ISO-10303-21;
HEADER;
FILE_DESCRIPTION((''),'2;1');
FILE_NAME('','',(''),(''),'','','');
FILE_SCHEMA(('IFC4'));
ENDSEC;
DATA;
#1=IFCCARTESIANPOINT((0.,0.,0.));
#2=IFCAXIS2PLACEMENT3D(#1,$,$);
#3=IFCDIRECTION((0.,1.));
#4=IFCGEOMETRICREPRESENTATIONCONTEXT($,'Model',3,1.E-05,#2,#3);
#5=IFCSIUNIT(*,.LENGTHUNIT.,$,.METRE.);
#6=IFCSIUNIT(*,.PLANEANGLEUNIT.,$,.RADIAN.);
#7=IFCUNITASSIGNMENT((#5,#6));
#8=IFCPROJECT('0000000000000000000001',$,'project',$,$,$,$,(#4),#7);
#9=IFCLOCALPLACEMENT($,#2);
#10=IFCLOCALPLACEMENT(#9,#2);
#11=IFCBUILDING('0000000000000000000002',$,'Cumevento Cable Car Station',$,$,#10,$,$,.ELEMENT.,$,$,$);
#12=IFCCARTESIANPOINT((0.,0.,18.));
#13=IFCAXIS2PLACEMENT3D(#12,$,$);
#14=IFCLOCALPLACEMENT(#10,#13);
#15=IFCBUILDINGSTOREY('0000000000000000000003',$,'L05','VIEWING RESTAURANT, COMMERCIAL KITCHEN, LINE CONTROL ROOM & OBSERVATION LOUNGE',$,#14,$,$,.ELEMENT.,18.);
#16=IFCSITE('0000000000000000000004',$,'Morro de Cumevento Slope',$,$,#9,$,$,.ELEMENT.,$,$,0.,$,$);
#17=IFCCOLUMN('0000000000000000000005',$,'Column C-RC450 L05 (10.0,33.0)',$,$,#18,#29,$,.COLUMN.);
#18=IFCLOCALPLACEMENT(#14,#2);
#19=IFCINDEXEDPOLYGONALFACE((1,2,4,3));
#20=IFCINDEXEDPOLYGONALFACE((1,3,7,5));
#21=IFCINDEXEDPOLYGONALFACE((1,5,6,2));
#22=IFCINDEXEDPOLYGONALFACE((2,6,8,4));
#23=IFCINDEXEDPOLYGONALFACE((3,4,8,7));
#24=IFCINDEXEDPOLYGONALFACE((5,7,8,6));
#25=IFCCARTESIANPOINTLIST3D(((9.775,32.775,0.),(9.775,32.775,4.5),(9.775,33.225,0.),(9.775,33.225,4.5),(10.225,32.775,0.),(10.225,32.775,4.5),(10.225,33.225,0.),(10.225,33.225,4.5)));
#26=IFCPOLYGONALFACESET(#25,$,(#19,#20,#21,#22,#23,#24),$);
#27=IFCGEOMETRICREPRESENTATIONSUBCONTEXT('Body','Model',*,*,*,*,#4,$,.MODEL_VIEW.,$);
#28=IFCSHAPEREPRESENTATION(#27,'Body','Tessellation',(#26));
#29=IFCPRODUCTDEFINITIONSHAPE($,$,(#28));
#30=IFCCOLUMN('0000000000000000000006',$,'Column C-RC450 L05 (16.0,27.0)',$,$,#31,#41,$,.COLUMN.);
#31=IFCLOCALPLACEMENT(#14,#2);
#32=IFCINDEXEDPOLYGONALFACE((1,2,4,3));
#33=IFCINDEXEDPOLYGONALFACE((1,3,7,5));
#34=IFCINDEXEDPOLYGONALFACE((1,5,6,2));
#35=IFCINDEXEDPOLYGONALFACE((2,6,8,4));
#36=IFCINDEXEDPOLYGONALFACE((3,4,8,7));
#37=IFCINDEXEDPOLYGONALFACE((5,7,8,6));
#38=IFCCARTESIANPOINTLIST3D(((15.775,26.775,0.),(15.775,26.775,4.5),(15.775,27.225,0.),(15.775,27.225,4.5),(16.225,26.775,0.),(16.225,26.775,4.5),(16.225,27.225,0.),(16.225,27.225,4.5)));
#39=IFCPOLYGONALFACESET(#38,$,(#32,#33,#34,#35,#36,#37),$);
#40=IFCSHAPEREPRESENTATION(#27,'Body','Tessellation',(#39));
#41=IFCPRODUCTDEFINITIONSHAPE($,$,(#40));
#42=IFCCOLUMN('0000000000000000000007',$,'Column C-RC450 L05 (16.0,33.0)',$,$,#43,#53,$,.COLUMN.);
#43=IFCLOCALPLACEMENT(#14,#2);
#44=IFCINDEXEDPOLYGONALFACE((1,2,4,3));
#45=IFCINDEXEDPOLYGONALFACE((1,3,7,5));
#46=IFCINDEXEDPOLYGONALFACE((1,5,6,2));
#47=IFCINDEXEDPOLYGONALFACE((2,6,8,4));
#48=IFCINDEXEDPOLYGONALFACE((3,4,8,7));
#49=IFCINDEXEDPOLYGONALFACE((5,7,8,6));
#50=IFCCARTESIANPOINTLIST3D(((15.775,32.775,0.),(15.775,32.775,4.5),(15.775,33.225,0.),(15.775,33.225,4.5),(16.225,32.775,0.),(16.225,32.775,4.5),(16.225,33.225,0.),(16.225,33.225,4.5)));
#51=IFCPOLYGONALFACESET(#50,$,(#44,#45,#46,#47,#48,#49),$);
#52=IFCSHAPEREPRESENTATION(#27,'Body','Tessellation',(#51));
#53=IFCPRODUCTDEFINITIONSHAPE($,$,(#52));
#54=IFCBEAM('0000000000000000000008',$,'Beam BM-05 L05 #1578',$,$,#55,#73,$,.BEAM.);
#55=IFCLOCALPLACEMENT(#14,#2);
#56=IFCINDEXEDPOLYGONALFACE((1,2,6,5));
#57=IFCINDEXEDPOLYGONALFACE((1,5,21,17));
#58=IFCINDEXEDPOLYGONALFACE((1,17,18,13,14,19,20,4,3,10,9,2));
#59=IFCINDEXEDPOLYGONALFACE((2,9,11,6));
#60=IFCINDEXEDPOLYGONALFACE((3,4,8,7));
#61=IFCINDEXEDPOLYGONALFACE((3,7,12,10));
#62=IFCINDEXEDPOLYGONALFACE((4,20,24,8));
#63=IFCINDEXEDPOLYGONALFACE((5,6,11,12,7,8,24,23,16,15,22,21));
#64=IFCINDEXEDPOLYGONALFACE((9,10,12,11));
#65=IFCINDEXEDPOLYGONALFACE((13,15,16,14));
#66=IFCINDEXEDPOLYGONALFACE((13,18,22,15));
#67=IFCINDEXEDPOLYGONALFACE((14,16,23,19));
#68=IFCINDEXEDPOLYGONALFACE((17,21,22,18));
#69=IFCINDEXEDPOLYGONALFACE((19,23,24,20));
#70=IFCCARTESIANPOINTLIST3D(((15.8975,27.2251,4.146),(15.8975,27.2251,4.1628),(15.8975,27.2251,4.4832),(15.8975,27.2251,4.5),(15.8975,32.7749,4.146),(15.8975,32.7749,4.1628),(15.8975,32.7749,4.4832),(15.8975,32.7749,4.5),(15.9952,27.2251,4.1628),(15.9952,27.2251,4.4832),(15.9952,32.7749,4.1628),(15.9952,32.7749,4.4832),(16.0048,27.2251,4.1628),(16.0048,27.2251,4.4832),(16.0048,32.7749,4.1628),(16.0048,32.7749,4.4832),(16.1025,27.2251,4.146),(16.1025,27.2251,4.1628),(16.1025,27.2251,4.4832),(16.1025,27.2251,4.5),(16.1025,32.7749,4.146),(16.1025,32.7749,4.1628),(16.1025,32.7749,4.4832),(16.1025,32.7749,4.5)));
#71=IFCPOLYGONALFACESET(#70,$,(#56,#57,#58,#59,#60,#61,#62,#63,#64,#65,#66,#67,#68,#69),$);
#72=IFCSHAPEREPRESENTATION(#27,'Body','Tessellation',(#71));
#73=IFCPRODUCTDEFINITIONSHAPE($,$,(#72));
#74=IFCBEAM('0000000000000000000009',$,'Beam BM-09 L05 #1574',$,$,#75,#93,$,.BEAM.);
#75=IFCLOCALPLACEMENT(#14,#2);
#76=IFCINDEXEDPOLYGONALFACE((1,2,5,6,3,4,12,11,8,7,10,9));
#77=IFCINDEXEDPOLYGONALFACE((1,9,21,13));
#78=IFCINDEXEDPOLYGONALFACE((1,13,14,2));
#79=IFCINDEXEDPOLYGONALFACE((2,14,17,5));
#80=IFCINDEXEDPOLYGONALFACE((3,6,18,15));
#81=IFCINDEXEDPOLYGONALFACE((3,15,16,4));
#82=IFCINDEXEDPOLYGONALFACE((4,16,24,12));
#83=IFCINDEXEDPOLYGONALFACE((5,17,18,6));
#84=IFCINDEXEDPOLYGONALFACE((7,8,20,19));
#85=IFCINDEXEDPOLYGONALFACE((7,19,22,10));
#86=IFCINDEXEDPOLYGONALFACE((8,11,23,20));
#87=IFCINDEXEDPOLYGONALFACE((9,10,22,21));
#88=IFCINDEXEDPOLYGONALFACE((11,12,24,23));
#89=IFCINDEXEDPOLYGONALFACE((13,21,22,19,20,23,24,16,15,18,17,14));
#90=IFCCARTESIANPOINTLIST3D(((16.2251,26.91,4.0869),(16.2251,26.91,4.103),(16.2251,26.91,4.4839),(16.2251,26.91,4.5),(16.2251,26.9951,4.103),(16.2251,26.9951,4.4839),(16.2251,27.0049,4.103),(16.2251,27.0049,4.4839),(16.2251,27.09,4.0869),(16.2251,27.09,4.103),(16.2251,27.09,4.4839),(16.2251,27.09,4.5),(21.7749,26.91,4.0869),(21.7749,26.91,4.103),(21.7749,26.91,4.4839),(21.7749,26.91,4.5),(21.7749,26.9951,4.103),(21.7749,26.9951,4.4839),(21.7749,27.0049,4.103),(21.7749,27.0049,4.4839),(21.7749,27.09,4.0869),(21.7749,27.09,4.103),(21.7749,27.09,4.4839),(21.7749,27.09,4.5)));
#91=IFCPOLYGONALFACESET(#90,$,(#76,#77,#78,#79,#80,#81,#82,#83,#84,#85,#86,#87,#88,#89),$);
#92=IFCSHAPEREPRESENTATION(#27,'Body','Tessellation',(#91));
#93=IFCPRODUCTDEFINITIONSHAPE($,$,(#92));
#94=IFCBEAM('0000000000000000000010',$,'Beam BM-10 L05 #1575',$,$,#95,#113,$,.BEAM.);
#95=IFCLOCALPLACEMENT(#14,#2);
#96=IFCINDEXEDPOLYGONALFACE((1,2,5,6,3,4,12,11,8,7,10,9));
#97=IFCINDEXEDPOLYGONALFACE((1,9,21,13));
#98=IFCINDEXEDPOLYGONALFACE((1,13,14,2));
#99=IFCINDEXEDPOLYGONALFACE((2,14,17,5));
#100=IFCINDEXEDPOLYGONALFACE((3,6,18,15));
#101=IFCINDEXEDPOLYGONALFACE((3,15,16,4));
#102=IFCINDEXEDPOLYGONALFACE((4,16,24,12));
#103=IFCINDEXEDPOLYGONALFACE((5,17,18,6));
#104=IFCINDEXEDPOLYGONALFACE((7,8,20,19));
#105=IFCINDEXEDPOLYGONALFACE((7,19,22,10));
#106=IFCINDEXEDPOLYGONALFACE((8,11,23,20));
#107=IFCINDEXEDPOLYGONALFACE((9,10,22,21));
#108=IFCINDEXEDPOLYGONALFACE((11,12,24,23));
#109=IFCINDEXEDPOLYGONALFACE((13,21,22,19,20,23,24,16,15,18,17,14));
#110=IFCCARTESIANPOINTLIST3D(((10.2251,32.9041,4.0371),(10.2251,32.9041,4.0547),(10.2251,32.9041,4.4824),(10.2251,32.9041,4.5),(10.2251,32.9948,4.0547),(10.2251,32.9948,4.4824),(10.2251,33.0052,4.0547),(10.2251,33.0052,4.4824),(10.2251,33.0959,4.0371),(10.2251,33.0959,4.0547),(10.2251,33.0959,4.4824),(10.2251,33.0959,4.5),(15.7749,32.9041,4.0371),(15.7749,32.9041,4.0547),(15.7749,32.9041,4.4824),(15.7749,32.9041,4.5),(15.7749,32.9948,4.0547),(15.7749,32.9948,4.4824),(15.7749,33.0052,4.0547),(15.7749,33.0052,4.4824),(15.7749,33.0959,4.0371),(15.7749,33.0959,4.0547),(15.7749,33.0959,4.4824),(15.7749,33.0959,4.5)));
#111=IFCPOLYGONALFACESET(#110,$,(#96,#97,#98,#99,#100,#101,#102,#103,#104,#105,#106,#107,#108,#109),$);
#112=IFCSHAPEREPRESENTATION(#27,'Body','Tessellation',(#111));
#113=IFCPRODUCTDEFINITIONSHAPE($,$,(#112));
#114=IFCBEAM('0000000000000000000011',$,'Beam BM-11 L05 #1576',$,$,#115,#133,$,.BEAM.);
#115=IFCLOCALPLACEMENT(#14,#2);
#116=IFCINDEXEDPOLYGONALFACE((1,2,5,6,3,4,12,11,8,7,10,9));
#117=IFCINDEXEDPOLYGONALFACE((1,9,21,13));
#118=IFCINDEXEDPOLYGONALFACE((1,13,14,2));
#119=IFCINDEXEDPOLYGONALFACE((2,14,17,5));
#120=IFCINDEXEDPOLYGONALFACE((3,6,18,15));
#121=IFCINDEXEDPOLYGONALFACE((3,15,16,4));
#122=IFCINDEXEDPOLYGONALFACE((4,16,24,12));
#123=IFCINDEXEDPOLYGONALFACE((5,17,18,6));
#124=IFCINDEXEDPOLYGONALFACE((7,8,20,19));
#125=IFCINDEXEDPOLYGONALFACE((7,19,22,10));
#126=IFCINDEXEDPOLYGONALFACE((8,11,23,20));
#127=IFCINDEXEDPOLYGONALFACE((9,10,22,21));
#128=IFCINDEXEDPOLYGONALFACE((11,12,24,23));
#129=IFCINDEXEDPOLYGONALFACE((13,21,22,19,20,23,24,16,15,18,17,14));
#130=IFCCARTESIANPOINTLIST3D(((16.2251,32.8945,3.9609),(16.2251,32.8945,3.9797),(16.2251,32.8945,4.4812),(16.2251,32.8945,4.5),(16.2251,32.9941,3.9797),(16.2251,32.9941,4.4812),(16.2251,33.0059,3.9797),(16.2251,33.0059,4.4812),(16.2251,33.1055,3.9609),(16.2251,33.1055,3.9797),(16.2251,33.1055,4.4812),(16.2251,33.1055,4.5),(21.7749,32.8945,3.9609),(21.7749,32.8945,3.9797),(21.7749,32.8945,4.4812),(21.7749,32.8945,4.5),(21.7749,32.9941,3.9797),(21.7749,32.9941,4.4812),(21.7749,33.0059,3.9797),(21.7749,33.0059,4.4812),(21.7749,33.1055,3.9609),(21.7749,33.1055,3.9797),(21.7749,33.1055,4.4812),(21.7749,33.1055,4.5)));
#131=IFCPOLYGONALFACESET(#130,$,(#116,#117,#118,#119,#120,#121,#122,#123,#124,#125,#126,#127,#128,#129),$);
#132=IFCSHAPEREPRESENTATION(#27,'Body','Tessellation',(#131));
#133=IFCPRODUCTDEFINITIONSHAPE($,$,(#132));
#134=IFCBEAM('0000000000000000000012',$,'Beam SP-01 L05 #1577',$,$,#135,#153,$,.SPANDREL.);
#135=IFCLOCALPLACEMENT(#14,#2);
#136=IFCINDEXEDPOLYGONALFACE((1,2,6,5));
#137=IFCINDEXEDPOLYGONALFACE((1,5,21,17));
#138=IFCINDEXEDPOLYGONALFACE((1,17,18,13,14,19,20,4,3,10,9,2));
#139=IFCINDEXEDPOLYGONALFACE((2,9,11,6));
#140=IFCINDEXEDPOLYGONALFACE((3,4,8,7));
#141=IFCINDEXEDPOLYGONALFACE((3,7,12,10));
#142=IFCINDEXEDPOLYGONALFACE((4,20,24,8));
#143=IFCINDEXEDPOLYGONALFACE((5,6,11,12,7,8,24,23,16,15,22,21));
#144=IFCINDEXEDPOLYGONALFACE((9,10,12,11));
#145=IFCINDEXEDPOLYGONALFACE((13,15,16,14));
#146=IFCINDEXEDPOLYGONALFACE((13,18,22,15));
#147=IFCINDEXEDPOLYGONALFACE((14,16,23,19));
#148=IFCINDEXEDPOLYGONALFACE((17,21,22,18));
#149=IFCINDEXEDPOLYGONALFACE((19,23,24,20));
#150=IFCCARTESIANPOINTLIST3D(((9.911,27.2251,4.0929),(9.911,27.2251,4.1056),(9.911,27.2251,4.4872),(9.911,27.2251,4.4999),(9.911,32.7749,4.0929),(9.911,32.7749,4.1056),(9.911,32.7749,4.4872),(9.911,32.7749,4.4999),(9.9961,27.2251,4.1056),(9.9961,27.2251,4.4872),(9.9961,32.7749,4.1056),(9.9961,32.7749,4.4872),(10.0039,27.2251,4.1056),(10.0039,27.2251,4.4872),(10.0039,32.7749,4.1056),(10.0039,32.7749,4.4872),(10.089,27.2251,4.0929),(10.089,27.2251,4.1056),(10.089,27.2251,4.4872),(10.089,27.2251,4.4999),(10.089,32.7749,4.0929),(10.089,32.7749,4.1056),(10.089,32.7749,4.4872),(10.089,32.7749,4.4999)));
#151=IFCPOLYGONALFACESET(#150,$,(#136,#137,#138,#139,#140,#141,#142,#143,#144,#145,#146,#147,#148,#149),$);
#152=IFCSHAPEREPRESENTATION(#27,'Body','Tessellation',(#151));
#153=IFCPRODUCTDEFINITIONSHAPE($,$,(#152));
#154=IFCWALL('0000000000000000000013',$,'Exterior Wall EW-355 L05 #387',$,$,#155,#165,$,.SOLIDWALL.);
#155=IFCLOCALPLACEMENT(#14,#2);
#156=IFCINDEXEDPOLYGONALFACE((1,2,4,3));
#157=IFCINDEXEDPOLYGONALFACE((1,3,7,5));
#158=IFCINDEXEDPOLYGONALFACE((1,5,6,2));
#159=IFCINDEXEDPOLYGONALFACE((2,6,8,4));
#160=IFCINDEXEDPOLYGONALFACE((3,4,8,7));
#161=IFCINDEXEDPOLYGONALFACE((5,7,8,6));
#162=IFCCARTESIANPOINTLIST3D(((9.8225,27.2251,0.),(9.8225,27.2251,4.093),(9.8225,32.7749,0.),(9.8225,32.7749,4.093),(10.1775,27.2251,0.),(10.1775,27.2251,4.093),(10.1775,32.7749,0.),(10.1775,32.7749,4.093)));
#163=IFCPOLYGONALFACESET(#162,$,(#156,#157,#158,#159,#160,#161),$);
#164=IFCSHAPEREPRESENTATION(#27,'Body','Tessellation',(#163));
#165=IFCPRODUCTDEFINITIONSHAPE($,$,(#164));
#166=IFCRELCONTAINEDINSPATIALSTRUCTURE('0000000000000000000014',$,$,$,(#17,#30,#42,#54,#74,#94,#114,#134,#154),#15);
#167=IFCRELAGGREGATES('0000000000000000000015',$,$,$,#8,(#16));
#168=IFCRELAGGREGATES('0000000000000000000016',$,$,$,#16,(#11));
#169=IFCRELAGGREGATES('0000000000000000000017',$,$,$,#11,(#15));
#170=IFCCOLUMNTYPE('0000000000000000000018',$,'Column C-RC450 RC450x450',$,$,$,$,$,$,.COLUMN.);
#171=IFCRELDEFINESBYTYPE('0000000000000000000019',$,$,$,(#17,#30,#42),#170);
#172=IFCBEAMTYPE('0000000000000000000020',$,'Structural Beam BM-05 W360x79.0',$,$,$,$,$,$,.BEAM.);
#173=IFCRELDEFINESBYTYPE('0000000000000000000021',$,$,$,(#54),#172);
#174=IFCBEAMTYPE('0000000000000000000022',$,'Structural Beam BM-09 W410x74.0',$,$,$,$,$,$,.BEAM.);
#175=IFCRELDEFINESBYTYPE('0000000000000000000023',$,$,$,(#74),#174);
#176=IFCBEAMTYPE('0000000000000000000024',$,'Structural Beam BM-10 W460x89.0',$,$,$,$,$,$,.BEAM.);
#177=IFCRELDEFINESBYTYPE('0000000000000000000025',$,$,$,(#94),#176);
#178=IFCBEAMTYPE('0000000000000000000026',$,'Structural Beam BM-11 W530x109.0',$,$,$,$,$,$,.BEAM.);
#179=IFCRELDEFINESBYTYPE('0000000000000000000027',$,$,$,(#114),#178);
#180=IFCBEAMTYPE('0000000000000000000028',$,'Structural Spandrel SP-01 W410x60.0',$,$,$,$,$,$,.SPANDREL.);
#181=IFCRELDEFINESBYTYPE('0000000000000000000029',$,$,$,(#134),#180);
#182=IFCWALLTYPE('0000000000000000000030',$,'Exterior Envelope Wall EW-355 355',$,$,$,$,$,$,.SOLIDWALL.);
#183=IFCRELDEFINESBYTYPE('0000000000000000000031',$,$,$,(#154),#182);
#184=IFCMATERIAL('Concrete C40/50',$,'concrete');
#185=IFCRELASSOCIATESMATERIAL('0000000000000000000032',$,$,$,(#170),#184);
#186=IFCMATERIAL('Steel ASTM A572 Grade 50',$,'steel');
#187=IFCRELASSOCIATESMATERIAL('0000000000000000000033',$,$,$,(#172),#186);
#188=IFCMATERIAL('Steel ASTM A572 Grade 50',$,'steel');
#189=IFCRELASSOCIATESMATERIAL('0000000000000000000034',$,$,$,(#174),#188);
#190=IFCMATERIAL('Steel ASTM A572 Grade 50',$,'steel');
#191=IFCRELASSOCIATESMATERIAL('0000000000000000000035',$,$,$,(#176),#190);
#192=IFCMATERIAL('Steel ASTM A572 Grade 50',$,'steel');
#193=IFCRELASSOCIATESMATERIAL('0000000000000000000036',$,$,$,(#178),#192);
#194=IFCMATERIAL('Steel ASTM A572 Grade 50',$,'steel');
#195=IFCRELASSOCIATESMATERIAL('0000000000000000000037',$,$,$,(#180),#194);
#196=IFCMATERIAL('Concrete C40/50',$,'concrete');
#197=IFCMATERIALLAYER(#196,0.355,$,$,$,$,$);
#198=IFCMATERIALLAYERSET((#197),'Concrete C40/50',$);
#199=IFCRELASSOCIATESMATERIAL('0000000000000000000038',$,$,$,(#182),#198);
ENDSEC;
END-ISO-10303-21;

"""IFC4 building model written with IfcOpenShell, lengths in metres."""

from ifc_helpers import new_model, si_unit, direction, frame, frame_2d, origin, origin_2d, place, context, subcontext, project, spatial, rectangle, i_section, extrude, material, layer, layer_set, material_profile, profile_set, type_object, element, save


model = new_model("IFC4")

# Units and contexts
model_context = context("Model", 3, precision=1e-05, world=origin(), true_north=direction((0.0, 1.0)))
body_context = subcontext(model_context, "Body", "Model", "MODEL_VIEW")
ifc_project = project(units=[si_unit("LENGTHUNIT", "METRE"), si_unit("PLANEANGLEUNIT", "RADIAN")], contexts=[model_context])

# Site, building, storey
site_placement = place(None, origin())
site = spatial("IfcSite", under=ifc_project, at=site_placement, Name="Morro de Cumevento Slope", CompositionType="ELEMENT", RefElevation=0.0)
building_placement = place(site_placement, origin())
building = spatial("IfcBuilding", under=site, at=building_placement, Name="Cumevento Cable Car Station", CompositionType="ELEMENT")
storey_placement = place(building_placement, frame((0.0, 0.0, 18.0)))
storey = spatial("IfcBuildingStorey", under=building, at=storey_placement, Name="L05", Description="VIEWING RESTAURANT, COMMERCIAL KITCHEN, LINE CONTROL ROOM & OBSERVATION LOUNGE", CompositionType="ELEMENT", Elevation=18.0)

# Columns
ifc_material_1 = material(Name="Concrete C40/50", Category="concrete")
ifc_material_profile_1 = material_profile(ifc_material_1, rectangle(XDim=0.45, YDim=0.45, at=origin_2d()), Name="RC450x450")
ifc_profile_set_1 = profile_set([ifc_material_profile_1], Name="Concrete C40/50")
column_type = type_object("IfcColumnType", Name="Column C-RC450 RC450x450", PredefinedType="COLUMN", material=ifc_profile_set_1)
for number, where, z_axis, x_axis, name in (
    (1, (10.0, 33.0, 0.0), (0.0, 0.0, 1.0), (1.0, 0.0, 0.0), "Column C-RC450 L05 (10.0,33.0)"),
    (2, (16.0, 27.0, 0.0), (0.0, 0.0, 1.0), (1.0, 0.0, 0.0), "Column C-RC450 L05 (16.0,27.0)"),
    (3, (16.0, 33.0, 0.0), (0.0, 0.0, 1.0), (1.0, 0.0, 0.0), "Column C-RC450 L05 (16.0,33.0)"),
):
    element("IfcColumn", number, at=place(storey_placement, frame(where, z_axis=z_axis, x_axis=x_axis)), inside=storey, type_object=column_type, Name=name, PredefinedType="COLUMN", context=body_context, shape_type="SweptSolid", body=[
        extrude(rectangle(XDim=0.45, YDim=0.45, at=origin_2d()), origin(), (0.0, 0.0, 1.0), 4.5),
    ])

# Beams
ifc_material_2 = material(Name="Steel ASTM A572 Grade 50", Category="steel")
ifc_material_profile_2 = material_profile(ifc_material_2, i_section(OverallWidth=0.2051, OverallDepth=0.354, WebThickness=0.0095, FlangeThickness=0.0168, at=origin_2d()), Name="W360x79.0")
ifc_profile_set_2 = profile_set([ifc_material_profile_2], Name="Steel ASTM A572 Grade 50")
beam_type_1 = type_object("IfcBeamType", Name="Structural Beam BM-05 W360x79.0", PredefinedType="BEAM", material=ifc_profile_set_2)
beam_1_placement = place(storey_placement, frame((16.0, 27.2251, 4.323), z_axis=(0.0, 1.0, 0.0), x_axis=(-1.0, 0.0, 0.0)))
element("IfcBeam", 4, at=beam_1_placement, inside=storey, type_object=beam_type_1, Name="Beam BM-05 L05 #1578", PredefinedType="BEAM", context=body_context, shape_type="SweptSolid", body=[
    extrude(i_section(OverallWidth=0.2051, OverallDepth=0.354, WebThickness=0.0095, FlangeThickness=0.0168, at=origin_2d()), origin(), (0.0, 0.0, 1.0), 5.5498),
])
ifc_material_3 = material(Name="Steel ASTM A572 Grade 50", Category="steel")
ifc_material_profile_3 = material_profile(ifc_material_3, i_section(OverallWidth=0.1799, OverallDepth=0.4131, WebThickness=0.0098, FlangeThickness=0.0161, at=origin_2d()), Name="W410x74.0")
ifc_profile_set_3 = profile_set([ifc_material_profile_3], Name="Steel ASTM A572 Grade 50")
beam_type_2 = type_object("IfcBeamType", Name="Structural Beam BM-09 W410x74.0", PredefinedType="BEAM", material=ifc_profile_set_3)
beam_2_placement = place(storey_placement, frame((16.2251, 27.0, 4.2935), z_axis=(1.0, 0.0, 0.0), x_axis=(0.0, 1.0, 0.0)))
element("IfcBeam", 5, at=beam_2_placement, inside=storey, type_object=beam_type_2, Name="Beam BM-09 L05 #1574", PredefinedType="BEAM", context=body_context, shape_type="SweptSolid", body=[
    extrude(i_section(OverallWidth=0.1799, OverallDepth=0.4131, WebThickness=0.0098, FlangeThickness=0.0161, at=origin_2d()), origin(), (0.0, 0.0, 1.0), 5.5498),
])
ifc_material_4 = material(Name="Steel ASTM A572 Grade 50", Category="steel")
ifc_material_profile_4 = material_profile(ifc_material_4, i_section(OverallWidth=0.1919, OverallDepth=0.4629, WebThickness=0.0105, FlangeThickness=0.0176, at=origin_2d()), Name="W460x89.0")
ifc_profile_set_4 = profile_set([ifc_material_profile_4], Name="Steel ASTM A572 Grade 50")
beam_type_3 = type_object("IfcBeamType", Name="Structural Beam BM-10 W460x89.0", PredefinedType="BEAM", material=ifc_profile_set_4)
beam_3_placement = place(storey_placement, frame((10.2251, 33.0, 4.2686), z_axis=(1.0, 0.0, 0.0), x_axis=(0.0, 1.0, 0.0)))
element("IfcBeam", 6, at=beam_3_placement, inside=storey, type_object=beam_type_3, Name="Beam BM-10 L05 #1575", PredefinedType="BEAM", context=body_context, shape_type="SweptSolid", body=[
    extrude(i_section(OverallWidth=0.1919, OverallDepth=0.4629, WebThickness=0.0105, FlangeThickness=0.0176, at=origin_2d()), origin(), (0.0, 0.0, 1.0), 5.5498),
])
ifc_material_5 = material(Name="Steel ASTM A572 Grade 50", Category="steel")
ifc_material_profile_5 = material_profile(ifc_material_5, i_section(OverallWidth=0.2109, OverallDepth=0.5391, WebThickness=0.0117, FlangeThickness=0.0188, at=origin_2d()), Name="W530x109.0")
ifc_profile_set_5 = profile_set([ifc_material_profile_5], Name="Steel ASTM A572 Grade 50")
beam_type_4 = type_object("IfcBeamType", Name="Structural Beam BM-11 W530x109.0", PredefinedType="BEAM", material=ifc_profile_set_5)
beam_4_placement = place(storey_placement, frame((16.2251, 33.0, 4.2305), z_axis=(1.0, 0.0, 0.0), x_axis=(0.0, 1.0, 0.0)))
element("IfcBeam", 7, at=beam_4_placement, inside=storey, type_object=beam_type_4, Name="Beam BM-11 L05 #1576", PredefinedType="BEAM", context=body_context, shape_type="SweptSolid", body=[
    extrude(i_section(OverallWidth=0.2109, OverallDepth=0.5391, WebThickness=0.0117, FlangeThickness=0.0188, at=origin_2d()), origin(), (0.0, 0.0, 1.0), 5.5498),
])
ifc_material_6 = material(Name="Steel ASTM A572 Grade 50", Category="steel")
ifc_material_profile_6 = material_profile(ifc_material_6, i_section(OverallWidth=0.178, OverallDepth=0.407, WebThickness=0.0078, FlangeThickness=0.0127, at=origin_2d()), Name="W410x60.0")
ifc_profile_set_6 = profile_set([ifc_material_profile_6], Name="Steel ASTM A572 Grade 50")
beam_type_5 = type_object("IfcBeamType", Name="Structural Spandrel SP-01 W410x60.0", PredefinedType="SPANDREL", material=ifc_profile_set_6)
beam_5_placement = place(storey_placement, frame((10.0, 27.2251, 4.2964), z_axis=(0.0, 1.0, 0.0), x_axis=(-1.0, 0.0, 0.0)))
element("IfcBeam", 8, at=beam_5_placement, inside=storey, type_object=beam_type_5, Name="Beam SP-01 L05 #1577", PredefinedType="SPANDREL", context=body_context, shape_type="SweptSolid", body=[
    extrude(i_section(OverallWidth=0.178, OverallDepth=0.407, WebThickness=0.0078, FlangeThickness=0.0127, at=origin_2d()), origin(), (0.0, 0.0, 1.0), 5.5498),
])

# Wall
ifc_material_7 = material(Name="Concrete C40/50", Category="concrete")
ifc_layer_1 = layer(ifc_material_7, 0.355)
ifc_layer_set_1 = layer_set([ifc_layer_1], Name="Concrete C40/50")
wall_type_1 = type_object("IfcWallType", Name="Exterior Envelope Wall EW-355 355", PredefinedType="SOLIDWALL", material=ifc_layer_set_1)
wall_1_placement = place(storey_placement, frame((10.0, 27.2251, 0.0), z_axis=(0.0, 0.0, 1.0), x_axis=(0.0, 1.0, 0.0)))
element("IfcWall", 9, at=wall_1_placement, inside=storey, type_object=wall_type_1, Name="Exterior Wall EW-355 L05 #387", PredefinedType="SOLIDWALL", context=body_context, shape_type="SweptSolid", body=[
    extrude(rectangle(XDim=5.5498, YDim=0.355, at=frame_2d((2.7749, 0.0))), origin(), (0.0, 0.0, 1.0), 4.093),
])

save(model, "model.ifc")
